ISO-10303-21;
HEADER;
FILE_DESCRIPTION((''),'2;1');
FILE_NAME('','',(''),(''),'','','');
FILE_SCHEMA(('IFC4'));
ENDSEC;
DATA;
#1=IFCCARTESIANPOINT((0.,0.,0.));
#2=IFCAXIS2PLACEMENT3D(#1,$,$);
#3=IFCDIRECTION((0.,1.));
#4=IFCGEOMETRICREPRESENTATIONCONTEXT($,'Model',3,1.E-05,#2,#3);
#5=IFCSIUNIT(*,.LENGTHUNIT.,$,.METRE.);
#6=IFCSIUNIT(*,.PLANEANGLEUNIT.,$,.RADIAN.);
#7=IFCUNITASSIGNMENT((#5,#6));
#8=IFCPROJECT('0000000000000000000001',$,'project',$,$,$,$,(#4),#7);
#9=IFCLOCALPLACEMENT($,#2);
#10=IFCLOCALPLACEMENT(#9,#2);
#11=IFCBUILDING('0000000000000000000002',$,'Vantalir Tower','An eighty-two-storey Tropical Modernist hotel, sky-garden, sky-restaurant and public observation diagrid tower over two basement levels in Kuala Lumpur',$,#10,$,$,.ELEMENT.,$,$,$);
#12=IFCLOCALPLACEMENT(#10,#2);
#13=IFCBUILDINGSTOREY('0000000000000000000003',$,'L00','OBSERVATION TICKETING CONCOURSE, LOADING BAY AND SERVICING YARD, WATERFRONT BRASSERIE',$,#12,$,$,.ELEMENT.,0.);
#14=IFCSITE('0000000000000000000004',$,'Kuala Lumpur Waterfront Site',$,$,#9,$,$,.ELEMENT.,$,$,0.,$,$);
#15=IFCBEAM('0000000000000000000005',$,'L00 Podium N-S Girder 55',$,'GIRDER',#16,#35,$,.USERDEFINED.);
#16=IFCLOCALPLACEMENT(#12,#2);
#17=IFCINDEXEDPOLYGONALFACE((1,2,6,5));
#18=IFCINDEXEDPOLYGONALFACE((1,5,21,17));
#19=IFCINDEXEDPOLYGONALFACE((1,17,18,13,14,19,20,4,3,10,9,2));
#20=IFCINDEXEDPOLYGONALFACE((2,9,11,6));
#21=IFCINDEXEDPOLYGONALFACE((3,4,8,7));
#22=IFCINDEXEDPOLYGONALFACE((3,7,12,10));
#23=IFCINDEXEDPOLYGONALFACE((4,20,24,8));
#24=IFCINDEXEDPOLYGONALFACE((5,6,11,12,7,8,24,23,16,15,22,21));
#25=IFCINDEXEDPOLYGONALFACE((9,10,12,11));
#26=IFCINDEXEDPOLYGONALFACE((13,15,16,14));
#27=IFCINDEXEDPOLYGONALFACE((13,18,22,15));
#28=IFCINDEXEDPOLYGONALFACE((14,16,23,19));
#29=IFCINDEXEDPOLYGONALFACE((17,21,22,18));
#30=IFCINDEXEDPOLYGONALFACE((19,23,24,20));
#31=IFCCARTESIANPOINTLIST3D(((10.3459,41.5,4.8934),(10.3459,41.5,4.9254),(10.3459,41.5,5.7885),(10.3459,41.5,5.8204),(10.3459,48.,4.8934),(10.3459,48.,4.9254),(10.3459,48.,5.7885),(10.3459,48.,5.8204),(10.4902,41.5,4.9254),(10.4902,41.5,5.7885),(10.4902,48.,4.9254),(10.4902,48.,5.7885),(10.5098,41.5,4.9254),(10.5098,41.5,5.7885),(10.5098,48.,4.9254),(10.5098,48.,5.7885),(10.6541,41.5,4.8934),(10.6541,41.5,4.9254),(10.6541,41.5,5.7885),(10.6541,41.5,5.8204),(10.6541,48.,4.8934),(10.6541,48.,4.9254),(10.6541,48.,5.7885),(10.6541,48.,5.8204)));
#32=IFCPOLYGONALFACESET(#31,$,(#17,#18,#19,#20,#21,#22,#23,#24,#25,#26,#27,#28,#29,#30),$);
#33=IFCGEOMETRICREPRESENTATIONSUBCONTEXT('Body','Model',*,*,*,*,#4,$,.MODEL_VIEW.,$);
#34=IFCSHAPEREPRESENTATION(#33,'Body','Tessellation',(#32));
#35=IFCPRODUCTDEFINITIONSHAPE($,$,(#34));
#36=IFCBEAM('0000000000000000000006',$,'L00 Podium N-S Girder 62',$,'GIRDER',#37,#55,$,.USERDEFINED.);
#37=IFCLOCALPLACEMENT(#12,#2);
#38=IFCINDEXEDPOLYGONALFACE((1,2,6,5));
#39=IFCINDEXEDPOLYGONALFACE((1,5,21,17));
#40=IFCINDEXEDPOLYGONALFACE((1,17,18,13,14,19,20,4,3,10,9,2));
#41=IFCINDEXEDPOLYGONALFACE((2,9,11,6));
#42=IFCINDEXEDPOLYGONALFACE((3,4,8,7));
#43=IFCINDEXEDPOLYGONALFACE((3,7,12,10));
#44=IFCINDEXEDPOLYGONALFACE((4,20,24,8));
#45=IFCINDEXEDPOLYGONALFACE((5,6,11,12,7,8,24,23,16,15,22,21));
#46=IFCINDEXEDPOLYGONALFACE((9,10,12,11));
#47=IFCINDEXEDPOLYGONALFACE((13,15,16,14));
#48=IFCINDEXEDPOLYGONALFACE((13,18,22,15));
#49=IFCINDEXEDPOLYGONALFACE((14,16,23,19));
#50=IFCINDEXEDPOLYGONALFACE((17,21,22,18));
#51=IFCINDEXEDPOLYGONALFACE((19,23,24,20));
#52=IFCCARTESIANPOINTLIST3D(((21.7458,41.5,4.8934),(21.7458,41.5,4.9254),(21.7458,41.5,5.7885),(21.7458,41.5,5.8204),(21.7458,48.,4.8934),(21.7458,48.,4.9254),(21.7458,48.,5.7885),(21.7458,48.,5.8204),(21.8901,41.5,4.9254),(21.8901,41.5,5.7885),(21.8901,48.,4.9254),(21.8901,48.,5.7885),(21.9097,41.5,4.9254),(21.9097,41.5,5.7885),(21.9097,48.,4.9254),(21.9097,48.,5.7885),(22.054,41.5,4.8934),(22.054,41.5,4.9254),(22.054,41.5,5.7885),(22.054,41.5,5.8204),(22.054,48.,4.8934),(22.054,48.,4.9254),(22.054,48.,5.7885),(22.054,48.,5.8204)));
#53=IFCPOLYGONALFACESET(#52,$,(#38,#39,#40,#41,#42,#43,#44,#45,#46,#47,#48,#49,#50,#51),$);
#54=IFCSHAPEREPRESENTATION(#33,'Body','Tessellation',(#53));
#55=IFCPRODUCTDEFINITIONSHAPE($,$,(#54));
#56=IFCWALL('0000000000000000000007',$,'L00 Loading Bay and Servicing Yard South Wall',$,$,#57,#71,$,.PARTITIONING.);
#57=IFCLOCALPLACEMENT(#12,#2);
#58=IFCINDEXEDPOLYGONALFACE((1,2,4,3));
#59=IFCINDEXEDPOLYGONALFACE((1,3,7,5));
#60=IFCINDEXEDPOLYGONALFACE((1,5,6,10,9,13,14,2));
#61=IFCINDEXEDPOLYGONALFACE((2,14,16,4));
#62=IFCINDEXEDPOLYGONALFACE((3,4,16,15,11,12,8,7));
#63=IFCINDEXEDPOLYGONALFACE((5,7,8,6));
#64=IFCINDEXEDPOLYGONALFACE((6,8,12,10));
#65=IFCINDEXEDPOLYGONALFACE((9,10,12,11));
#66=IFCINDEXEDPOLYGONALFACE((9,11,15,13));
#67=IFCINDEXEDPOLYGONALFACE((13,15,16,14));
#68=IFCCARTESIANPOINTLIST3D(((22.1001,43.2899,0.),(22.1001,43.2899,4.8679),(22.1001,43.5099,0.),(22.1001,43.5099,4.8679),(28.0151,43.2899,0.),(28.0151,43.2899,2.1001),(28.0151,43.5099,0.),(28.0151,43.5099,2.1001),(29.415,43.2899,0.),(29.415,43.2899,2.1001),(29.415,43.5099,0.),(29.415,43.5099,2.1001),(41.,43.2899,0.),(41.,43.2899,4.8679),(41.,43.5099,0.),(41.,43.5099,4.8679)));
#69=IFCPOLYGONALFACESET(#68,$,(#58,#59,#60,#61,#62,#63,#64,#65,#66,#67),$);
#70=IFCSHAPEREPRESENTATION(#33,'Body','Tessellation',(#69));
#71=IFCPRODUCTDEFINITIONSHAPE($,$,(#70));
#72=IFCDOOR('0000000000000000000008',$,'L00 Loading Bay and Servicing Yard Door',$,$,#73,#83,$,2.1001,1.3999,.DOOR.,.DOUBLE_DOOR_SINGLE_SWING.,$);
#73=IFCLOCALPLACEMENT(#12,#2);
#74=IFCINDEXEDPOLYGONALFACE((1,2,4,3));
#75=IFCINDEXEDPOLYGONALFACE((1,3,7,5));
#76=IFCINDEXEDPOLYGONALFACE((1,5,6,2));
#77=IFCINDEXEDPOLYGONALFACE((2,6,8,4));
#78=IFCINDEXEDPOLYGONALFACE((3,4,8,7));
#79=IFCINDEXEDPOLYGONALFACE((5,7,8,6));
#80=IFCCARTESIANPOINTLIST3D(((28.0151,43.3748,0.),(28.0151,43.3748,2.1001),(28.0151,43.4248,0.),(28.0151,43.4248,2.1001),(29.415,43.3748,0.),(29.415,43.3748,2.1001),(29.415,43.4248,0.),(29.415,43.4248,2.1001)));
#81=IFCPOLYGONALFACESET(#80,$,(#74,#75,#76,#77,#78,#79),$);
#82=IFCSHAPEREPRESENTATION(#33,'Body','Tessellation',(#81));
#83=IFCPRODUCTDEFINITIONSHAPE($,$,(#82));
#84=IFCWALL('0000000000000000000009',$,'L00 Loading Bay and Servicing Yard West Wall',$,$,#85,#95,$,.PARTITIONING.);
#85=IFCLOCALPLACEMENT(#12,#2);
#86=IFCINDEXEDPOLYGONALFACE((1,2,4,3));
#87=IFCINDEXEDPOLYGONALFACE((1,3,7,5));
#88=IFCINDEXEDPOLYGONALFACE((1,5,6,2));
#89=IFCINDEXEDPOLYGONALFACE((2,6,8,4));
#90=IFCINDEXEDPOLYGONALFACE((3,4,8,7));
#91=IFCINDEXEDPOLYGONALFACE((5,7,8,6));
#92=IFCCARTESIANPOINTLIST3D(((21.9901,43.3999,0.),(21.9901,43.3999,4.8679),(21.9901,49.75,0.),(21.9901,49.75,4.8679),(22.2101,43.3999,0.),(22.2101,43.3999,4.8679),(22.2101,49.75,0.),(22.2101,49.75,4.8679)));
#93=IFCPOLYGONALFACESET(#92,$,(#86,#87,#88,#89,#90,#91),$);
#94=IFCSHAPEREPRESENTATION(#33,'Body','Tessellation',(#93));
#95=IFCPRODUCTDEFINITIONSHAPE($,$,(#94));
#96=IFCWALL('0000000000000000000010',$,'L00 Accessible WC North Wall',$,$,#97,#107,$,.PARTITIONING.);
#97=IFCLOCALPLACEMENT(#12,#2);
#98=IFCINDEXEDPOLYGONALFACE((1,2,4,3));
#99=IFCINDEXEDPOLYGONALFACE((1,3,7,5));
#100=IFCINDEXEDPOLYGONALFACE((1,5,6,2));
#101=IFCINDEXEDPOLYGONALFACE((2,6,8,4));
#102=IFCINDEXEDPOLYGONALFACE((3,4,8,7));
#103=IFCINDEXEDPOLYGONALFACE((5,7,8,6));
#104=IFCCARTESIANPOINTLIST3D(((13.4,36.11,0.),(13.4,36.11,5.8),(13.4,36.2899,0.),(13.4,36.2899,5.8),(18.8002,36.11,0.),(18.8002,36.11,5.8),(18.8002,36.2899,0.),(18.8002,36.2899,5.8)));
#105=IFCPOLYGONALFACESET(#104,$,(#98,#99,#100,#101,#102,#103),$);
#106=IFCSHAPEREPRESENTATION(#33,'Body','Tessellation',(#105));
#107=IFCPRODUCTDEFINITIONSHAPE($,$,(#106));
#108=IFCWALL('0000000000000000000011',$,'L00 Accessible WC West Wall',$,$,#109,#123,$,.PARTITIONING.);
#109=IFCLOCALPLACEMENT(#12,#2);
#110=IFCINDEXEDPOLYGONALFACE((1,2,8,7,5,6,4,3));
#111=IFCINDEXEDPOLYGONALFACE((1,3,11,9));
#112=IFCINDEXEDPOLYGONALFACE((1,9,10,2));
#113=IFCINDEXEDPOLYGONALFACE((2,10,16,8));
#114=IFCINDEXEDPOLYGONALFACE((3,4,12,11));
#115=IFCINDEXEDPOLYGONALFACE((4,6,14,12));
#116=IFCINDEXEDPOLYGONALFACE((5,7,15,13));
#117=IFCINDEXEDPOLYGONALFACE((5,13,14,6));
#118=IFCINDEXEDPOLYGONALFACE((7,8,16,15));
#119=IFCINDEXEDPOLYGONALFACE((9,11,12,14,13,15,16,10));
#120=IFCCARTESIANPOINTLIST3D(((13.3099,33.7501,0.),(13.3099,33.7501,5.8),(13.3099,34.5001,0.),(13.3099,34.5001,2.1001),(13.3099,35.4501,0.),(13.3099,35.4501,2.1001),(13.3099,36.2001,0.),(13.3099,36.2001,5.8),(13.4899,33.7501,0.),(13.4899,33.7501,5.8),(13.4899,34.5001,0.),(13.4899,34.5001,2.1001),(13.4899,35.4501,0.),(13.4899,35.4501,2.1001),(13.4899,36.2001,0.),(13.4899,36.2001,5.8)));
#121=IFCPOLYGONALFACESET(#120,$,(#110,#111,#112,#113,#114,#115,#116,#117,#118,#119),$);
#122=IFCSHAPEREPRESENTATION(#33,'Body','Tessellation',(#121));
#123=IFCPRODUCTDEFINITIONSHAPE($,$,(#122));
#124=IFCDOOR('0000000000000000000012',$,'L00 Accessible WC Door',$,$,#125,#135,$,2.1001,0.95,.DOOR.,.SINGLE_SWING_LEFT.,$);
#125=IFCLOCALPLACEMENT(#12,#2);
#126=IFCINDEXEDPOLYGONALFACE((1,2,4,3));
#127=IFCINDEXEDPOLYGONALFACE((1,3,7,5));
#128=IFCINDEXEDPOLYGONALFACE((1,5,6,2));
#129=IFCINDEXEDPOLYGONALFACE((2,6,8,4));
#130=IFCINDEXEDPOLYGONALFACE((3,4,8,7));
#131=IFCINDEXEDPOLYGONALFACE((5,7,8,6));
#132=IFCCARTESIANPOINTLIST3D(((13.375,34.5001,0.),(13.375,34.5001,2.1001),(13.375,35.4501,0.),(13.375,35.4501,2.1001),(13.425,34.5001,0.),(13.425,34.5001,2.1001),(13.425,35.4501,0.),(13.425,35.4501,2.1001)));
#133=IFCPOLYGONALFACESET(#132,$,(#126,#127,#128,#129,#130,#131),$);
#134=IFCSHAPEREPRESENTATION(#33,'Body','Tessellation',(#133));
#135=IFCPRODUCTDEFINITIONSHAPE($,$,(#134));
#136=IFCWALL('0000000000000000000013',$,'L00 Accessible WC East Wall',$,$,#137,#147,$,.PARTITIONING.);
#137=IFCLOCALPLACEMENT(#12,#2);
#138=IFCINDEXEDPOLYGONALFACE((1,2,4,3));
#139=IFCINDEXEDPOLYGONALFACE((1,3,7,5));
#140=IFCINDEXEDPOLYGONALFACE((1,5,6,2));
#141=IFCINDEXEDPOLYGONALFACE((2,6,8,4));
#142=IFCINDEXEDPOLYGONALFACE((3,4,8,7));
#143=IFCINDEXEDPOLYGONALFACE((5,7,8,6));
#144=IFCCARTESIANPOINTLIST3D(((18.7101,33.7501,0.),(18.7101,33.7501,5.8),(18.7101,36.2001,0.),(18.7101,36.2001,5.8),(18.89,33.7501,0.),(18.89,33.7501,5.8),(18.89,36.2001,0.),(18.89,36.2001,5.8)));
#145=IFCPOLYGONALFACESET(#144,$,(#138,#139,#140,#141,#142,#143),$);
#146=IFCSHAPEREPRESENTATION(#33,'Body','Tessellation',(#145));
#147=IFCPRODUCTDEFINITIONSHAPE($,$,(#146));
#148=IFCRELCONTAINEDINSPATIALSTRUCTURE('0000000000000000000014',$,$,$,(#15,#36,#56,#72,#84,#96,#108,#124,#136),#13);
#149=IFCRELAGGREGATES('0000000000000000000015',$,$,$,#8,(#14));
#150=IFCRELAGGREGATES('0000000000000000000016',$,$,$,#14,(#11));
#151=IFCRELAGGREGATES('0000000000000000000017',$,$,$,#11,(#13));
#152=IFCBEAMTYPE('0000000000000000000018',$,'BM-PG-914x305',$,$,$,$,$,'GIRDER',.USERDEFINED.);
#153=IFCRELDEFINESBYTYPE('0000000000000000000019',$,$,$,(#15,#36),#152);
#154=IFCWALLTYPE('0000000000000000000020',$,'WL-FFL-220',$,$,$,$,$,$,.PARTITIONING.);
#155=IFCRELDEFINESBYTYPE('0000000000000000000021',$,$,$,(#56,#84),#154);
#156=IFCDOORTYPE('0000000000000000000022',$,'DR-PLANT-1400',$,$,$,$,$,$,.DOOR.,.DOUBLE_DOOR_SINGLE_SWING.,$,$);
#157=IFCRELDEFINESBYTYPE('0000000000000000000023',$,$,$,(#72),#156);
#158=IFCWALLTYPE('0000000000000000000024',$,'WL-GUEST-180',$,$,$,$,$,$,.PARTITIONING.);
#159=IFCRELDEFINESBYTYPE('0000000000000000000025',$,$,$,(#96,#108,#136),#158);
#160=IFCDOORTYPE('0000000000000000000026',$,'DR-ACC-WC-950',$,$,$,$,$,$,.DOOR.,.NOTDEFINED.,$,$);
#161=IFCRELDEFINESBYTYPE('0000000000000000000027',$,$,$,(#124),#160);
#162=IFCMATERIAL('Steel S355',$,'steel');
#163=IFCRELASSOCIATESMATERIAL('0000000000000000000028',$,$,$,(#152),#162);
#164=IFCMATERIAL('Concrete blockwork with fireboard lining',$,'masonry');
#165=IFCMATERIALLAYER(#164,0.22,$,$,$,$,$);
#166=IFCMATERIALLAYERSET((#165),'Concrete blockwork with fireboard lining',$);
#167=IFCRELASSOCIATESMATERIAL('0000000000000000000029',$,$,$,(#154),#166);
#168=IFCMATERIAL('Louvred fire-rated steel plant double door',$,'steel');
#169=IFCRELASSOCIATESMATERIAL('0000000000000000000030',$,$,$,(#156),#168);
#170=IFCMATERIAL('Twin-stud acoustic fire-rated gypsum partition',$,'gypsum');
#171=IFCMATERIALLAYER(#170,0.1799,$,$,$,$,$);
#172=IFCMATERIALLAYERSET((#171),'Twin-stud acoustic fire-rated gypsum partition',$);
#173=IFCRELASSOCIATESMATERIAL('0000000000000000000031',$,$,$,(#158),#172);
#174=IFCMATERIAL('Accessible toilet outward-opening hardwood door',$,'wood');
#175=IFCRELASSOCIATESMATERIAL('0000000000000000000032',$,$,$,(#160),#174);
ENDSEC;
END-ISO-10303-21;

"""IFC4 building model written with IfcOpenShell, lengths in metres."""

from ifc_helpers import new_model, si_unit, direction, frame, frame_2d, origin, origin_2d, place, context, subcontext, project, spatial, rectangle, i_section, extrude, material, layer, layer_set, material_profile, profile_set, type_object, element, fill, save


model = new_model("IFC4")

# Units and contexts
model_context = context("Model", 3, precision=1e-05, world=origin(), true_north=direction((0.0, 1.0)))
body_context = subcontext(model_context, "Body", "Model", "MODEL_VIEW")
ifc_project = project(units=[si_unit("LENGTHUNIT", "METRE"), si_unit("PLANEANGLEUNIT", "RADIAN")], contexts=[model_context])

# Site, building, storey
site_placement = place(None, origin())
site = spatial("IfcSite", under=ifc_project, at=site_placement, Name="Kuala Lumpur Waterfront Site", CompositionType="ELEMENT", RefElevation=0.0)
building_placement = place(site_placement, origin())
building = spatial("IfcBuilding", under=site, at=building_placement, Name="Vantalir Tower", Description="An eighty-two-storey Tropical Modernist hotel, sky-garden, sky-restaurant and public observation diagrid tower over two basement levels in Kuala Lumpur", CompositionType="ELEMENT")
storey_placement = place(building_placement, origin())
storey = spatial("IfcBuildingStorey", under=building, at=storey_placement, Name="L00", Description="OBSERVATION TICKETING CONCOURSE, LOADING BAY AND SERVICING YARD, WATERFRONT BRASSERIE", CompositionType="ELEMENT", Elevation=0.0)

# Beams
ifc_material_1 = material(Name="Steel S355", Category="steel")
ifc_material_profile_1 = material_profile(ifc_material_1, i_section(OverallWidth=0.3081, OverallDepth=0.927, WebThickness=0.0195, FlangeThickness=0.032, at=origin_2d()), Name="Steel S355")
ifc_profile_set_1 = profile_set([ifc_material_profile_1], Name="Steel S355")
beam_type_1 = type_object("IfcBeamType", Name="BM-PG-914x305", ElementType="GIRDER", PredefinedType="USERDEFINED", material=ifc_profile_set_1)
for number, where, z_axis, x_axis, name in (
    (1, (10.5, 41.5, 5.3569), (0.0, 1.0, 0.0), (-1.0, 0.0, 0.0), "L00 Podium N-S Girder 55"),
    (2, (21.8999, 41.5, 5.3569), (0.0, 1.0, 0.0), (-1.0, 0.0, 0.0), "L00 Podium N-S Girder 62"),
):
    element("IfcBeam", number, at=place(storey_placement, frame(where, z_axis=z_axis, x_axis=x_axis)), inside=storey, type_object=beam_type_1, Name=name, ObjectType="GIRDER", PredefinedType="USERDEFINED", context=body_context, shape_type="SweptSolid", body=[
        extrude(i_section(OverallWidth=0.3081, OverallDepth=0.927, WebThickness=0.0195, FlangeThickness=0.032, at=origin_2d()), origin(), (0.0, 0.0, 1.0), 6.5),
    ])

# Wall, opening, door
ifc_material_2 = material(Name="Concrete blockwork with fireboard lining", Category="masonry")
ifc_layer_1 = layer(ifc_material_2, 0.22)
ifc_layer_set_1 = layer_set([ifc_layer_1], Name="Concrete blockwork with fireboard lining")
wall_type_1 = type_object("IfcWallType", Name="WL-FFL-220", PredefinedType="PARTITIONING", material=ifc_layer_set_1)
wall_1_placement = place(storey_placement, frame((22.1001, 43.3999, 0.0), z_axis=(0.0, 0.0, 1.0), x_axis=(1.0, 0.0, 0.0)))
wall_1 = element("IfcWall", 3, at=wall_1_placement, inside=storey, type_object=wall_type_1, Name="L00 Loading Bay and Servicing Yard South Wall", PredefinedType="PARTITIONING", context=body_context, shape_type="SweptSolid", body=[
    extrude(rectangle(XDim=18.8999, YDim=0.22, at=frame_2d((9.45, 0.0))), origin(), (0.0, 0.0, 1.0), 4.8679),
])
opening_1_placement = place(wall_1_placement, frame((5.915, 0.0, 0.0)))
opening_1 = element("IfcOpeningElement", 4, at=opening_1_placement, cuts=wall_1, PredefinedType="OPENING", context=body_context, shape_type="SweptSolid", body=[
    extrude(rectangle(XDim=1.3999, YDim=2.1001, at=frame_2d((0.7, 1.05))), frame((0.0, 0.1199, 0.0), z_axis=(0.0, -1.0, 0.0), x_axis=(1.0, 0.0, 0.0)), (0.0, 0.0, 1.0), 0.24),
])
ifc_material_3 = material(Name="Louvred fire-rated steel plant double door", Category="steel")
door_type_1 = type_object("IfcDoorType", Name="DR-PLANT-1400", OperationType="DOUBLE_DOOR_SINGLE_SWING", PredefinedType="DOOR", material=ifc_material_3)
door_1_placement = place(opening_1_placement, origin())
door_1 = element("IfcDoor", 5, at=door_1_placement, inside=storey, type_object=door_type_1, Name="L00 Loading Bay and Servicing Yard Door", OperationType="DOUBLE_DOOR_SINGLE_SWING", OverallHeight=2.1001, OverallWidth=1.3999, PredefinedType="DOOR", context=body_context, shape_type="SweptSolid", body=[
    extrude(rectangle(XDim=1.3999, YDim=2.1001, at=frame_2d((0.7, 1.05))), frame((0.0, 0.0249, 0.0), z_axis=(0.0, -1.0, 0.0), x_axis=(1.0, 0.0, 0.0)), (0.0, 0.0, 1.0), 0.05),
])
fill(opening_1, door_1)

# Walls
wall_2_placement = place(storey_placement, frame((22.1001, 43.3999, 0.0), z_axis=(0.0, 0.0, 1.0), x_axis=(0.0, 1.0, 0.0)))
element("IfcWall", 6, at=wall_2_placement, inside=storey, type_object=wall_type_1, Name="L00 Loading Bay and Servicing Yard West Wall", PredefinedType="PARTITIONING", context=body_context, shape_type="SweptSolid", body=[
    extrude(rectangle(XDim=6.3501, YDim=0.22, at=frame_2d((3.175, 0.0))), origin(), (0.0, 0.0, 1.0), 4.8679),
])
ifc_material_4 = material(Name="Twin-stud acoustic fire-rated gypsum partition", Category="gypsum")
ifc_layer_2 = layer(ifc_material_4, 0.1799)
ifc_layer_set_2 = layer_set([ifc_layer_2], Name="Twin-stud acoustic fire-rated gypsum partition")
wall_type_2 = type_object("IfcWallType", Name="WL-GUEST-180", PredefinedType="PARTITIONING", material=ifc_layer_set_2)
wall_3_placement = place(storey_placement, frame((13.3999, 36.2, 0.0), z_axis=(0.0, 0.0, 1.0), x_axis=(1.0, 0.0, 0.0)))
element("IfcWall", 7, at=wall_3_placement, inside=storey, type_object=wall_type_2, Name="L00 Accessible WC North Wall", PredefinedType="PARTITIONING", context=body_context, shape_type="SweptSolid", body=[
    extrude(rectangle(XDim=5.4001, YDim=0.1799, at=frame_2d((2.7002, 0.0))), origin(), (0.0, 0.0, 1.0), 5.8),
])

# Wall, opening, door
wall_4_placement = place(storey_placement, frame((13.3999, 33.75, 0.0), z_axis=(0.0, 0.0, 1.0), x_axis=(0.0, 1.0, 0.0)))
wall_4 = element("IfcWall", 8, at=wall_4_placement, inside=storey, type_object=wall_type_2, Name="L00 Accessible WC West Wall", PredefinedType="PARTITIONING", context=body_context, shape_type="SweptSolid", body=[
    extrude(rectangle(XDim=2.45, YDim=0.1799, at=frame_2d((1.2251, 0.0))), origin(), (0.0, 0.0, 1.0), 5.8),
])
opening_2_placement = place(wall_4_placement, frame((0.75, 0.0, 0.0)))
opening_2 = element("IfcOpeningElement", 9, at=opening_2_placement, cuts=wall_4, PredefinedType="OPENING", context=body_context, shape_type="SweptSolid", body=[
    extrude(rectangle(XDim=0.95, YDim=2.1001, at=frame_2d((0.4751, 1.05))), frame((0.0, 0.0999, 0.0), z_axis=(0.0, -1.0, 0.0), x_axis=(1.0, 0.0, 0.0)), (0.0, 0.0, 1.0), 0.2),
])
ifc_material_5 = material(Name="Accessible toilet outward-opening hardwood door", Category="wood")
door_type_2 = type_object("IfcDoorType", Name="DR-ACC-WC-950", OperationType="NOTDEFINED", PredefinedType="DOOR", material=ifc_material_5)
door_2_placement = place(opening_2_placement, origin())
door_2 = element("IfcDoor", 10, at=door_2_placement, inside=storey, type_object=door_type_2, Name="L00 Accessible WC Door", OperationType="SINGLE_SWING_LEFT", OverallHeight=2.1001, OverallWidth=0.95, PredefinedType="DOOR", context=body_context, shape_type="SweptSolid", body=[
    extrude(rectangle(XDim=0.95, YDim=2.1001, at=frame_2d((0.4751, 1.05))), frame((0.0, 0.0249, 0.0), z_axis=(0.0, -1.0, 0.0), x_axis=(1.0, 0.0, 0.0)), (0.0, 0.0, 1.0), 0.05),
])
fill(opening_2, door_2)

# Wall
wall_5_placement = place(storey_placement, frame((18.8, 33.75, 0.0), z_axis=(0.0, 0.0, 1.0), x_axis=(0.0, 1.0, 0.0)))
element("IfcWall", 11, at=wall_5_placement, inside=storey, type_object=wall_type_2, Name="L00 Accessible WC East Wall", PredefinedType="PARTITIONING", context=body_context, shape_type="SweptSolid", body=[
    extrude(rectangle(XDim=2.45, YDim=0.1799, at=frame_2d((1.2251, 0.0))), origin(), (0.0, 0.0, 1.0), 5.8),
])

save(model, "model.ifc")
